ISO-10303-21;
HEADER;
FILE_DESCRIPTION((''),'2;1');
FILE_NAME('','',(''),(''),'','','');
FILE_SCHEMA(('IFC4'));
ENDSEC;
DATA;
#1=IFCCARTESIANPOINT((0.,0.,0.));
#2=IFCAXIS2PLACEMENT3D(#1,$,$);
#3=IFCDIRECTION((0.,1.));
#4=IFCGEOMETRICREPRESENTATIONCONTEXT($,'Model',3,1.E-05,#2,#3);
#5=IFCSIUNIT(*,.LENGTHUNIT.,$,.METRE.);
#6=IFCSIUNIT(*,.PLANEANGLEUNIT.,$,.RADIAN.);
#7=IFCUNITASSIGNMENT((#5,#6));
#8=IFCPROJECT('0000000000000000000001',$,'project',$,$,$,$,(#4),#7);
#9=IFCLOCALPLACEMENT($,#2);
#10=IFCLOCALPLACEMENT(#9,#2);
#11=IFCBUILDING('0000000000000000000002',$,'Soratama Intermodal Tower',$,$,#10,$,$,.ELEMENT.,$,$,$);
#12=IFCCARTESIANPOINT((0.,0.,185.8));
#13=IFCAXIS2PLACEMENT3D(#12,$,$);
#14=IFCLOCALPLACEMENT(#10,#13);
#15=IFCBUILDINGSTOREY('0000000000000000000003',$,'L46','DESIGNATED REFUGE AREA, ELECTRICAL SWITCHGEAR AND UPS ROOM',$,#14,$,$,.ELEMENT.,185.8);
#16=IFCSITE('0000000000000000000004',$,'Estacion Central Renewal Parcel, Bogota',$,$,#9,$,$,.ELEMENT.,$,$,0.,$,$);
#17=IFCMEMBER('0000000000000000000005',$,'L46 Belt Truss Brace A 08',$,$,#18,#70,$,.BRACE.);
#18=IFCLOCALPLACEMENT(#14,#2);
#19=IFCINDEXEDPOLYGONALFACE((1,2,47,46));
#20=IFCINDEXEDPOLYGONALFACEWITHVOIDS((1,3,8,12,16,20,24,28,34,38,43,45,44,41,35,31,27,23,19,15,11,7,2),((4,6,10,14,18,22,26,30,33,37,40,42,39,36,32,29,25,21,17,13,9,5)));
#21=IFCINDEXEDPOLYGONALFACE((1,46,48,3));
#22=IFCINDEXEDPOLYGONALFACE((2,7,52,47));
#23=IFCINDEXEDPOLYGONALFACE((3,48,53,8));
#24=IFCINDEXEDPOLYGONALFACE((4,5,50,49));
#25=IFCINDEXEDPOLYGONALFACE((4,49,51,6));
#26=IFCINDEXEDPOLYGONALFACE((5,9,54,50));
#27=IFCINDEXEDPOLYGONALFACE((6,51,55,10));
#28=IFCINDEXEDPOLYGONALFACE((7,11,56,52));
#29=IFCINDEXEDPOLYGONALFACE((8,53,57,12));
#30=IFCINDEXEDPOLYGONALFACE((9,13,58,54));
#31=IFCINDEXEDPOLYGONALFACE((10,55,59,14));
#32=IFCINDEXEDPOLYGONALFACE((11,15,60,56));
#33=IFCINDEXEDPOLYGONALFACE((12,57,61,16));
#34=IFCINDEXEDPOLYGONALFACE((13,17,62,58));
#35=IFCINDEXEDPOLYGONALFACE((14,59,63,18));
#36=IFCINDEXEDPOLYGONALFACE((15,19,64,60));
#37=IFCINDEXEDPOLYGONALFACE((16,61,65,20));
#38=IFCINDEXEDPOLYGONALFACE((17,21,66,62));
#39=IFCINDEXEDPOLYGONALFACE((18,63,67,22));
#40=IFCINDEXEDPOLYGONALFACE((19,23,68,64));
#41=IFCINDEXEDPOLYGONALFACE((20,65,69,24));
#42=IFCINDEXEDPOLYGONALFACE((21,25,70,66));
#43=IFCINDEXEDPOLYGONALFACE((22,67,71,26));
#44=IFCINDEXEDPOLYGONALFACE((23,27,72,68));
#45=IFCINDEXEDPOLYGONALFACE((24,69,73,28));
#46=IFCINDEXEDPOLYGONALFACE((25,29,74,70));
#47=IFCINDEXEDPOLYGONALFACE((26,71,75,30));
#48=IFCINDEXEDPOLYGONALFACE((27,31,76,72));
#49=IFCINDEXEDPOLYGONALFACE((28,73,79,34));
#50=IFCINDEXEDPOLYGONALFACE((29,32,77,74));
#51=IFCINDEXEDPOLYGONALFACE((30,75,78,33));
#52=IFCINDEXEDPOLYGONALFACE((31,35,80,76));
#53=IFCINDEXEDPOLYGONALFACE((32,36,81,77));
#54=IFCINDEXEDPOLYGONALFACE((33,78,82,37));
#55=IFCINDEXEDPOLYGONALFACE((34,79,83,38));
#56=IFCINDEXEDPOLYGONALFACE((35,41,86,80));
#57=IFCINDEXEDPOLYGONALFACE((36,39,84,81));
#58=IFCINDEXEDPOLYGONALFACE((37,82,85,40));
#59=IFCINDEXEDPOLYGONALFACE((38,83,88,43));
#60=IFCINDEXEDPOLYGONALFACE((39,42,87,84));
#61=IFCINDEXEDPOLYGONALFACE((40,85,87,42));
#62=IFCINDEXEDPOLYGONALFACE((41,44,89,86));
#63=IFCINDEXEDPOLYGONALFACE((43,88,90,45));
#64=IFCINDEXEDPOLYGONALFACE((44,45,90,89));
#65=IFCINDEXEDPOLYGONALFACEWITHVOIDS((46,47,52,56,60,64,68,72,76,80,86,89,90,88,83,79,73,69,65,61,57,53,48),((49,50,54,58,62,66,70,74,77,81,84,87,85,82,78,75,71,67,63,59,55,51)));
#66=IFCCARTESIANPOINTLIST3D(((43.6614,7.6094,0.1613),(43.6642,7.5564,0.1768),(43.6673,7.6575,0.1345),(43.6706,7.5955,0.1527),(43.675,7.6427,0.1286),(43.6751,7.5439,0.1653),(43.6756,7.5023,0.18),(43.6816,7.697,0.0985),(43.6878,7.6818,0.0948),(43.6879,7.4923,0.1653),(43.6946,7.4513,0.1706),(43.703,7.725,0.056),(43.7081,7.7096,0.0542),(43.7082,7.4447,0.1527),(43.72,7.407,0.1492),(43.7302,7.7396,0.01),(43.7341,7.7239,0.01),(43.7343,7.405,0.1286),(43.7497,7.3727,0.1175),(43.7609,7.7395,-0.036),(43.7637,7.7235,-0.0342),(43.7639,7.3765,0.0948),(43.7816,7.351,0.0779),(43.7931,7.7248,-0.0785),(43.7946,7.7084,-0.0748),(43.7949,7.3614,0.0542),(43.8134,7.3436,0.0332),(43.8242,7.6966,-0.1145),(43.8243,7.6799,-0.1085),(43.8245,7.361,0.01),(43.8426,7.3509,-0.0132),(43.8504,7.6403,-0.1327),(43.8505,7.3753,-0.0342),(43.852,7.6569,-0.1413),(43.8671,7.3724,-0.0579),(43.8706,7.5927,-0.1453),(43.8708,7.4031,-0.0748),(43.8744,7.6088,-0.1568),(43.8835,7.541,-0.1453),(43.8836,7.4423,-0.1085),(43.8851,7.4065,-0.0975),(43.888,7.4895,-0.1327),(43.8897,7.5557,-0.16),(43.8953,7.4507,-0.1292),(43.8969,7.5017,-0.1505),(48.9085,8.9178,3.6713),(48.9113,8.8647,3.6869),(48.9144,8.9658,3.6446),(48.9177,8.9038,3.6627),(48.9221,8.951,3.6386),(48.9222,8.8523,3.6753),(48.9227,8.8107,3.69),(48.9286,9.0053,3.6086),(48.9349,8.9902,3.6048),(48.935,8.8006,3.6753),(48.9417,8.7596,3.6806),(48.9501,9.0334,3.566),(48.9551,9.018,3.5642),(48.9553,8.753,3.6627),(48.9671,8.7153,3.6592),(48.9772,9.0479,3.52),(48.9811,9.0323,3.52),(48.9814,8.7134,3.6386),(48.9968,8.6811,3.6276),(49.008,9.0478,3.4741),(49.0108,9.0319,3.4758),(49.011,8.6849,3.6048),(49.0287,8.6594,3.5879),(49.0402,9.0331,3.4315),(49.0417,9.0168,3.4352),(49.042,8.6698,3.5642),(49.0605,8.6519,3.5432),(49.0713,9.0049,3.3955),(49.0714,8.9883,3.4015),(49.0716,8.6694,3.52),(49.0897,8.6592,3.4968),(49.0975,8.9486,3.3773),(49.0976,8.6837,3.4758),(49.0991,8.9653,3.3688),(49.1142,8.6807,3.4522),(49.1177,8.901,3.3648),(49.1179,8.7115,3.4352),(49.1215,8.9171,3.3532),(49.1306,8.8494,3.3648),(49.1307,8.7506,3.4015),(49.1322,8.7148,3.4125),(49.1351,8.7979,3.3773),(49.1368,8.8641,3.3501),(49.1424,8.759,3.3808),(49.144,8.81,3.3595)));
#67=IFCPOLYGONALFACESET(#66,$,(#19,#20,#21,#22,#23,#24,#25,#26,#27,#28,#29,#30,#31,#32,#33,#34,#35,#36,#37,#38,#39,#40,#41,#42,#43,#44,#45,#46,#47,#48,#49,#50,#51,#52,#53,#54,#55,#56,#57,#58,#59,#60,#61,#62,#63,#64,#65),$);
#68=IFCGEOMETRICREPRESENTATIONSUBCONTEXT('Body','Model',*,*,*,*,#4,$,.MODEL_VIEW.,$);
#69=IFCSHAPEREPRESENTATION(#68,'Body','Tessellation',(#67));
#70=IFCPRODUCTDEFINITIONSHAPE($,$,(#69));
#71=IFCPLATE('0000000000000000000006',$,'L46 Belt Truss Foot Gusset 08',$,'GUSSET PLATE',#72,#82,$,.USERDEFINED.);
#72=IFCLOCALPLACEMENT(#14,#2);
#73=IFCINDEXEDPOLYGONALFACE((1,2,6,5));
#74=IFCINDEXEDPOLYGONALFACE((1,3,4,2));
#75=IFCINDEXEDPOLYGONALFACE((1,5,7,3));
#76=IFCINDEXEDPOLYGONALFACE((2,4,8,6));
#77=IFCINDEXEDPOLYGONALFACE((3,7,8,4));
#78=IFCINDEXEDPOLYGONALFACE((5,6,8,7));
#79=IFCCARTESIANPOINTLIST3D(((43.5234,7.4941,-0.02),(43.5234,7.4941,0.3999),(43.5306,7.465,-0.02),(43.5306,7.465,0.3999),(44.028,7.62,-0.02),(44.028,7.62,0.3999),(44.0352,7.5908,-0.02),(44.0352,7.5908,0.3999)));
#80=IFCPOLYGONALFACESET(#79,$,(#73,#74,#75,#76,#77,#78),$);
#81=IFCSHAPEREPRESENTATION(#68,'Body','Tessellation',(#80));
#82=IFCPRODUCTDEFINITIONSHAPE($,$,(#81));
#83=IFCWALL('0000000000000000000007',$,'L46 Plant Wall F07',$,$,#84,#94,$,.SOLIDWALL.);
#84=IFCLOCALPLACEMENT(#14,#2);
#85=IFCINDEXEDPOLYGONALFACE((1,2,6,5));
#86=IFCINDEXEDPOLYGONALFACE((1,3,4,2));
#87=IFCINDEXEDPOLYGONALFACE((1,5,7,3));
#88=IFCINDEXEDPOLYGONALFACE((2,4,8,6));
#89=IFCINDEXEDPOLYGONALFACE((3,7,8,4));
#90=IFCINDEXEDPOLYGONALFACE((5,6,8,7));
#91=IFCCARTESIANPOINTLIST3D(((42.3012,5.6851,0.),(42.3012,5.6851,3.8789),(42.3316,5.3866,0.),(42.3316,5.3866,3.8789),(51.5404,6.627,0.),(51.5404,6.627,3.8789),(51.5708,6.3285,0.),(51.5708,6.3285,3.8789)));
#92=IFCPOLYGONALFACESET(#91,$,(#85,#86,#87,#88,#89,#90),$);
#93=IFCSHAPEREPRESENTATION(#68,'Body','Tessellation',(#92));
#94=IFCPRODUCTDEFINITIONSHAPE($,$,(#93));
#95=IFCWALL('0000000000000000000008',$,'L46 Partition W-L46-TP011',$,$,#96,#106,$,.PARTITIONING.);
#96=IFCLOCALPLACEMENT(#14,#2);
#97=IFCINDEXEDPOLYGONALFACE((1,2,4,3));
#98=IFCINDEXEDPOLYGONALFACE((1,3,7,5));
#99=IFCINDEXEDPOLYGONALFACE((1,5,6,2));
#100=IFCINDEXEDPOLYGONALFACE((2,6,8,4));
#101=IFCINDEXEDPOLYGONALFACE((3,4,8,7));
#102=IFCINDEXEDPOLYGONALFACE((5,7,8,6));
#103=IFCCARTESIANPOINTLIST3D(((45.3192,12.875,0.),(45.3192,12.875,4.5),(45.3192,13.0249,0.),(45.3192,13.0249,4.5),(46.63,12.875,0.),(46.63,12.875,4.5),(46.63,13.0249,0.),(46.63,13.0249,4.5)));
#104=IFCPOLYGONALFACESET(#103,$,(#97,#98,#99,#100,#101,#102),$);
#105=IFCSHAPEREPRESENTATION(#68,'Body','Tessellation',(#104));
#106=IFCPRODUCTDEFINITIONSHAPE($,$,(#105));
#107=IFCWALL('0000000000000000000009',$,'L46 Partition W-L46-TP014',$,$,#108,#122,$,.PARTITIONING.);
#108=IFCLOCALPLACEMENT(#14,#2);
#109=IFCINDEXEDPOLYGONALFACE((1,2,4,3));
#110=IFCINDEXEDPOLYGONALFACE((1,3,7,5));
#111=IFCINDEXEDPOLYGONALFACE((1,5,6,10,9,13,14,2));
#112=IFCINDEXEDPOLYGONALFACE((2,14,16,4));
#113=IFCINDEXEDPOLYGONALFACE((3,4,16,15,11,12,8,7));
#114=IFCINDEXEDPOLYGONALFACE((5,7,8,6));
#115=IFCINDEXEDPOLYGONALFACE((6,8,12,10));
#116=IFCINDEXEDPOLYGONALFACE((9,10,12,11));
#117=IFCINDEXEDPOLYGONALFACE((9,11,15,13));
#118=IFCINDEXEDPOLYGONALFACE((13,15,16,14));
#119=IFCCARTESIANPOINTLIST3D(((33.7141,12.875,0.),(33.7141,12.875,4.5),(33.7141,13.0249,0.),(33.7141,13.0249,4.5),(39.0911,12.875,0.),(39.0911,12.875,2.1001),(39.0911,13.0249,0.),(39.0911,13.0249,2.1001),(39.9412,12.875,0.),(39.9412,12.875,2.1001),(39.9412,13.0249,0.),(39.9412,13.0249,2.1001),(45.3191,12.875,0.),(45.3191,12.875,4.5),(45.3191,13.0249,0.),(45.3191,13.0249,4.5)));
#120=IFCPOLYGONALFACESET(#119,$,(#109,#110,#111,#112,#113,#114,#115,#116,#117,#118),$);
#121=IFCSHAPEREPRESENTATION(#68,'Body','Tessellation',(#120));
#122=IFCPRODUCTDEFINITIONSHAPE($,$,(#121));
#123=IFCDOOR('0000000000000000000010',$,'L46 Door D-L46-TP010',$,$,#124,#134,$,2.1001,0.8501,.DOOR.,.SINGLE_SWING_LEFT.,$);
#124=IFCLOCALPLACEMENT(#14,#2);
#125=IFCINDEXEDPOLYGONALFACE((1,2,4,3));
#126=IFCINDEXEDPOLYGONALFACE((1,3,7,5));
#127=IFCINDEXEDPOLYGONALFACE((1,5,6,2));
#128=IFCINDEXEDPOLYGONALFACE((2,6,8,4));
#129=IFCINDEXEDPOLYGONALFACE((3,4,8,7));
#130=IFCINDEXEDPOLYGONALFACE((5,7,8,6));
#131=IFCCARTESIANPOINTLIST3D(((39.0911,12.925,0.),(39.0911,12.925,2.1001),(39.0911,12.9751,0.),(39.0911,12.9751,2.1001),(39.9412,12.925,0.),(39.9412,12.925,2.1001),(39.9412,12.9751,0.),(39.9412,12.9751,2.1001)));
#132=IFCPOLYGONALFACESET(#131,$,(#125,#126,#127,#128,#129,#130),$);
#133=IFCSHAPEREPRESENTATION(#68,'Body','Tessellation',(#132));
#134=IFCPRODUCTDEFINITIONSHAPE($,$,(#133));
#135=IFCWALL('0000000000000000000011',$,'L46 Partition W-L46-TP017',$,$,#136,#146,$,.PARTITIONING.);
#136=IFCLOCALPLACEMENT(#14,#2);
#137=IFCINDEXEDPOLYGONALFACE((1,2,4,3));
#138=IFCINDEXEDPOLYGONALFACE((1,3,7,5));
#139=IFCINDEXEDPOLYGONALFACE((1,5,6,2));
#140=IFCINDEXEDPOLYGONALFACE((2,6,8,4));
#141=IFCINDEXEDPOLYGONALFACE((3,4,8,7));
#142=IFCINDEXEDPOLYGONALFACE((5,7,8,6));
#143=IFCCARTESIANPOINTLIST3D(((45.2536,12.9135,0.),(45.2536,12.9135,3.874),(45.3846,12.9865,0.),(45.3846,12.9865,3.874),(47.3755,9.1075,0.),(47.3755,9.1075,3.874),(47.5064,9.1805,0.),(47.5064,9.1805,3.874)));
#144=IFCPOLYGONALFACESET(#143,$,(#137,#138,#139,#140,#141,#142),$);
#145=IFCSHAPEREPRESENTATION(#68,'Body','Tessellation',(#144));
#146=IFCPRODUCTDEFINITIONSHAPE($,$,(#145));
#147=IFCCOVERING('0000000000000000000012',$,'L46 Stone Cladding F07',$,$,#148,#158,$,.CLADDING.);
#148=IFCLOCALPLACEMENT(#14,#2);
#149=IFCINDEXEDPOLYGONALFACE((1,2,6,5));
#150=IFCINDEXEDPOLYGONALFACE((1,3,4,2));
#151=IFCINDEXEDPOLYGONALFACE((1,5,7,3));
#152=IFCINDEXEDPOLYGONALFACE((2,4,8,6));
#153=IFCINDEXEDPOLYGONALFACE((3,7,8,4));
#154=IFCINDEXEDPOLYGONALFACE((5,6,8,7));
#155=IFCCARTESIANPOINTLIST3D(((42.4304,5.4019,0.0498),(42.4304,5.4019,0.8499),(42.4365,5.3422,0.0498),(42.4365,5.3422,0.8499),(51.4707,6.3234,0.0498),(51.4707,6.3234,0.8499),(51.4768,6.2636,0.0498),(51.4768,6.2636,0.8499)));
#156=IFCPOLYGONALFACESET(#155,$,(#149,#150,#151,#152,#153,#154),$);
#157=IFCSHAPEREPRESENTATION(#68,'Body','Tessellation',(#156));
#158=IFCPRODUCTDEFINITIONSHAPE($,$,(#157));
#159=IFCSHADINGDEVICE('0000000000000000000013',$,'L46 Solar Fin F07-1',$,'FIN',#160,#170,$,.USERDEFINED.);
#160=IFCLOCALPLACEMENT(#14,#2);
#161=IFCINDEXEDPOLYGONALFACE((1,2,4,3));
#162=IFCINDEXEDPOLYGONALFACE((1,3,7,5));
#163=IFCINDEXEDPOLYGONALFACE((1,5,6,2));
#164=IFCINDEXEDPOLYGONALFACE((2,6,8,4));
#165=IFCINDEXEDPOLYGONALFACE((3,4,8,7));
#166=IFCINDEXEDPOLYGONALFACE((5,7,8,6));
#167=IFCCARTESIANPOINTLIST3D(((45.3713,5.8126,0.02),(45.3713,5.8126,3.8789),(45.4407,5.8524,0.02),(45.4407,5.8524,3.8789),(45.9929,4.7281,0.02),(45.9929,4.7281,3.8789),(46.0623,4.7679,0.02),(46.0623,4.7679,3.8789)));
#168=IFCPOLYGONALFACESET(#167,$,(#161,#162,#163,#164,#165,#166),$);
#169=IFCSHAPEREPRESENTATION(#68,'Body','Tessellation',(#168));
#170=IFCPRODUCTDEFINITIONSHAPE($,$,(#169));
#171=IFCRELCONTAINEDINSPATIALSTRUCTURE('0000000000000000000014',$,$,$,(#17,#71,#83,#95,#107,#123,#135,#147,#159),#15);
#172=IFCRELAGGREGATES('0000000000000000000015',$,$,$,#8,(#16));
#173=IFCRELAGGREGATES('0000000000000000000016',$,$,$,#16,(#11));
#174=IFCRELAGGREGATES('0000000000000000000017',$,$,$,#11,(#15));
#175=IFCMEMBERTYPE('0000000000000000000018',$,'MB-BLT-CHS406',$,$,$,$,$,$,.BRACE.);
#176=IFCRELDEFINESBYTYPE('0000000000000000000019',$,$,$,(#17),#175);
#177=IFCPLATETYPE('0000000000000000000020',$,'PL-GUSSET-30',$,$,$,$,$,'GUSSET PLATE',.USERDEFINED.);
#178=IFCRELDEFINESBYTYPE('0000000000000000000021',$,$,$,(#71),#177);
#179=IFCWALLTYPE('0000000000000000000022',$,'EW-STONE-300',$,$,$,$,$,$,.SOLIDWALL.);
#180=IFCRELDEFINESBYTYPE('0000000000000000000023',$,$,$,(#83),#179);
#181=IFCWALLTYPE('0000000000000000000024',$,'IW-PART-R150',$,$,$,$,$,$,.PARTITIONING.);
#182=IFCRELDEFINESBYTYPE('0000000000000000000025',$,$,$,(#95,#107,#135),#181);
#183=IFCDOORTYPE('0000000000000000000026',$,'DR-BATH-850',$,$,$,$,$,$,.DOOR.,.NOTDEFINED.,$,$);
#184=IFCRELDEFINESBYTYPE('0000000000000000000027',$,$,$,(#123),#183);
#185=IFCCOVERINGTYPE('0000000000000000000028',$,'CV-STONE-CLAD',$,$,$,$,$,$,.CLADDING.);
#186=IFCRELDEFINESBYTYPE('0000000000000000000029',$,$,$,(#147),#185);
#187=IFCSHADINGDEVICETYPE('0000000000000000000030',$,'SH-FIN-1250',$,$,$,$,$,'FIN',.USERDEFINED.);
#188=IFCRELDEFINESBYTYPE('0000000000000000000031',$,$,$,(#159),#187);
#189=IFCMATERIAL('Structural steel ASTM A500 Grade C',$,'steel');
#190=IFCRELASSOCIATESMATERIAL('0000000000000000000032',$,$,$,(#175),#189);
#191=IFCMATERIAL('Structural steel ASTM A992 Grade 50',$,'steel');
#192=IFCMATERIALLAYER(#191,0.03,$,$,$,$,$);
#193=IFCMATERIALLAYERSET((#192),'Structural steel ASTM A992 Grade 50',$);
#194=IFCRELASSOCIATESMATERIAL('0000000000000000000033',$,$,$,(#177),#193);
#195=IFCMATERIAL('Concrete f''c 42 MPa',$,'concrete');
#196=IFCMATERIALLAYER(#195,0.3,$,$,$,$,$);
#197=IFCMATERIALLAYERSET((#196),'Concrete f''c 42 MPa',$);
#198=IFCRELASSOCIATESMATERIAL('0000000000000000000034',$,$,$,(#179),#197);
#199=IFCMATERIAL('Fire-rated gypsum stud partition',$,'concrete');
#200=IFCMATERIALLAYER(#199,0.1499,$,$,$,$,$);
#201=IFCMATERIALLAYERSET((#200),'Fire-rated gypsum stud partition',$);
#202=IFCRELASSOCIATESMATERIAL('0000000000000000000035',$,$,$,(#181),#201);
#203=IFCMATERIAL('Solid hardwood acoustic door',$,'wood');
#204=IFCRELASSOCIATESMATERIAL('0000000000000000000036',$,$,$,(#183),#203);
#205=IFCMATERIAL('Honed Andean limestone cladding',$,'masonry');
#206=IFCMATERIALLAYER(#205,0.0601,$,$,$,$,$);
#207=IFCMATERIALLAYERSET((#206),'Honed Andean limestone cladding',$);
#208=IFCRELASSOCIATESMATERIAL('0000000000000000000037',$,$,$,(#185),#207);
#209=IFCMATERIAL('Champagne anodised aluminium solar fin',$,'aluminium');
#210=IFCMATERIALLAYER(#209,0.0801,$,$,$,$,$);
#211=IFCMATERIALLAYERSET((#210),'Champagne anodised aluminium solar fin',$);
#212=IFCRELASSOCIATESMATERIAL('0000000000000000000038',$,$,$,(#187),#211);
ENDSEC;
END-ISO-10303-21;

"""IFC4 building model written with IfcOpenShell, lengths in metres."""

from ifc_helpers import new_model, si_unit, direction, frame, frame_2d, origin, origin_2d, place, context, subcontext, project, spatial, rectangle, hollow_circle, extrude, material, layer, layer_set, material_profile, profile_set, type_object, element, fill, save


model = new_model("IFC4")

# Units and contexts
model_context = context("Model", 3, precision=1e-05, world=origin(), true_north=direction((0.0, 1.0)))
body_context = subcontext(model_context, "Body", "Model", "MODEL_VIEW")
ifc_project = project(units=[si_unit("LENGTHUNIT", "METRE"), si_unit("PLANEANGLEUNIT", "RADIAN")], contexts=[model_context])

# Site, building, storey
site_placement = place(None, origin())
site = spatial("IfcSite", under=ifc_project, at=site_placement, Name="Estacion Central Renewal Parcel, Bogota", CompositionType="ELEMENT", RefElevation=0.0)
building_placement = place(site_placement, origin())
building = spatial("IfcBuilding", under=site, at=building_placement, Name="Soratama Intermodal Tower", CompositionType="ELEMENT")
storey_placement = place(building_placement, frame((0.0, 0.0, 185.8)))
storey = spatial("IfcBuildingStorey", under=building, at=storey_placement, Name="L46", Description="DESIGNATED REFUGE AREA, ELECTRICAL SWITCHGEAR AND UPS ROOM", CompositionType="ELEMENT", Elevation=185.8)

# Member
ifc_material_1 = material(Name="Structural steel ASTM A500 Grade C", Category="steel")
ifc_material_profile_1 = material_profile(ifc_material_1, hollow_circle(Radius=0.2031, WallThickness=0.0161, at=origin_2d()), Name="CHS406X16")
ifc_profile_set_1 = profile_set([ifc_material_profile_1], Name="Structural steel ASTM A500 Grade C")
member_type = type_object("IfcMemberType", Name="MB-BLT-CHS406", PredefinedType="BRACE", material=ifc_profile_set_1)
member_1_placement = place(storey_placement, frame((43.7793, 7.5425, 0.01), z_axis=(0.813879, 0.20294, 0.544442), x_axis=(-0.241941, 0.970291, 0.0)))
element("IfcMember", 1, at=member_1_placement, inside=storey, type_object=member_type, Name="L46 Belt Truss Brace A 08", PredefinedType="BRACE", context=body_context, shape_type="SweptSolid", body=[
    extrude(hollow_circle(Radius=0.2031, WallThickness=0.0161, at=origin_2d()), origin(), (0.0, 0.0, 1.0), 6.447),
])

# Plate
ifc_material_2 = material(Name="Structural steel ASTM A992 Grade 50", Category="steel")
ifc_layer_1 = layer(ifc_material_2, 0.03)
ifc_layer_set_1 = layer_set([ifc_layer_1], Name="Structural steel ASTM A992 Grade 50")
plate_type = type_object("IfcPlateType", Name="PL-GUSSET-30", ElementType="GUSSET PLATE", PredefinedType="USERDEFINED", material=ifc_layer_set_1)
plate_placement = place(storey_placement, frame((43.7793, 7.5425, -0.02), z_axis=(0.0, 0.0, 1.0), x_axis=(0.970296, 0.241922, 0.0)))
element("IfcPlate", 2, at=plate_placement, inside=storey, type_object=plate_type, Name="L46 Belt Truss Foot Gusset 08", ObjectType="GUSSET PLATE", PredefinedType="USERDEFINED", context=body_context, shape_type="SweptSolid", body=[
    extrude(rectangle(XDim=0.52, YDim=0.03, at=origin_2d()), origin(), (0.0, 0.0, 1.0), 0.4199),
])

# Walls
ifc_material_3 = material(Name="Concrete f'c 42 MPa", Category="concrete")
ifc_layer_2 = layer(ifc_material_3, 0.3)
ifc_layer_set_2 = layer_set([ifc_layer_2], Name="Concrete f'c 42 MPa")
wall_type_1 = type_object("IfcWallType", Name="EW-STONE-300", PredefinedType="SOLIDWALL", material=ifc_layer_set_2)
wall_1_placement = place(storey_placement, frame((42.3164, 5.5359, 0.0), z_axis=(0.0, 0.0, 1.0), x_axis=(0.994844, 0.101419, 0.0)))
element("IfcWall", 3, at=wall_1_placement, inside=storey, type_object=wall_type_1, Name="L46 Plant Wall F07", PredefinedType="SOLIDWALL", context=body_context, shape_type="SweptSolid", body=[
    extrude(rectangle(XDim=9.2871, YDim=0.3, at=frame_2d((4.6436, 0.0))), origin(), (0.0, 0.0, 1.0), 3.8789),
])
ifc_material_4 = material(Name="Fire-rated gypsum stud partition", Category="concrete")
ifc_layer_3 = layer(ifc_material_4, 0.1499)
ifc_layer_set_3 = layer_set([ifc_layer_3], Name="Fire-rated gypsum stud partition")
wall_type_2 = type_object("IfcWallType", Name="IW-PART-R150", PredefinedType="PARTITIONING", material=ifc_layer_set_3)
wall_2_placement = place(storey_placement, frame((46.6299, 12.95, 0.0), z_axis=(0.0, 0.0, 1.0), x_axis=(-1.0, 0.0, 0.0)))
element("IfcWall", 4, at=wall_2_placement, inside=storey, type_object=wall_type_2, Name="L46 Partition W-L46-TP011", PredefinedType="PARTITIONING", context=body_context, shape_type="SweptSolid", body=[
    extrude(rectangle(XDim=1.3108, YDim=0.1499, at=frame_2d((0.6553, 0.0))), origin(), (0.0, 0.0, 1.0), 4.5),
])

# Wall, opening, door
wall_3_placement = place(storey_placement, frame((45.3191, 12.95, 0.0), z_axis=(0.0, 0.0, 1.0), x_axis=(-1.0, 0.0, 0.0)))
wall_3 = element("IfcWall", 5, at=wall_3_placement, inside=storey, type_object=wall_type_2, Name="L46 Partition W-L46-TP014", PredefinedType="PARTITIONING", context=body_context, shape_type="SweptSolid", body=[
    extrude(rectangle(XDim=11.605, YDim=0.1499, at=frame_2d((5.8025, 0.0))), origin(), (0.0, 0.0, 1.0), 4.5),
])
opening_placement = place(wall_3_placement, frame((5.3779, 0.0, 0.0)))
opening = element("IfcOpeningElement", 6, at=opening_placement, cuts=wall_3, PredefinedType="OPENING", context=body_context, shape_type="SweptSolid", body=[
    extrude(rectangle(XDim=0.8501, YDim=2.1001, at=frame_2d((0.425, 1.05))), frame((0.0, 0.085, 0.0), z_axis=(0.0, -1.0, 0.0), x_axis=(1.0, 0.0, 0.0)), (0.0, 0.0, 1.0), 0.1699),
])
ifc_material_5 = material(Name="Solid hardwood acoustic door", Category="wood")
door_type = type_object("IfcDoorType", Name="DR-BATH-850", OperationType="NOTDEFINED", PredefinedType="DOOR", material=ifc_material_5)
door_placement = place(opening_placement, origin())
door = element("IfcDoor", 7, at=door_placement, inside=storey, type_object=door_type, Name="L46 Door D-L46-TP010", OperationType="SINGLE_SWING_LEFT", OverallHeight=2.1001, OverallWidth=0.8501, PredefinedType="DOOR", context=body_context, shape_type="SweptSolid", body=[
    extrude(rectangle(XDim=0.8501, YDim=2.1001, at=frame_2d((0.425, 1.05))), frame((0.0, 0.0249, 0.0), z_axis=(0.0, -1.0, 0.0), x_axis=(1.0, 0.0, 0.0)), (0.0, 0.0, 1.0), 0.05),
])
fill(opening, door)

# Wall
wall_4_placement = place(storey_placement, frame((47.4409, 9.144, 0.0), z_axis=(0.0, 0.0, 1.0), x_axis=(-0.486946, 0.873432, 0.0)))
element("IfcWall", 8, at=wall_4_placement, inside=storey, type_object=wall_type_2, Name="L46 Partition W-L46-TP017", PredefinedType="PARTITIONING", context=body_context, shape_type="SweptSolid", body=[
    extrude(rectangle(XDim=4.3574, YDim=0.1499, at=frame_2d((2.1787, 0.0))), origin(), (0.0, 0.0, 1.0), 3.874),
])

# Covering
ifc_material_6 = material(Name="Honed Andean limestone cladding", Category="masonry")
ifc_layer_4 = layer(ifc_material_6, 0.0601)
ifc_layer_set_4 = layer_set([ifc_layer_4], Name="Honed Andean limestone cladding")
covering_type = type_object("IfcCoveringType", Name="CV-STONE-CLAD", PredefinedType="CLADDING", material=ifc_layer_set_4)
covering_placement = place(storey_placement, frame((46.9536, 5.8328, 0.0498), z_axis=(0.0, 0.0, 1.0), x_axis=(0.994845, 0.101404, 0.0)))
element("IfcCovering", 9, at=covering_placement, inside=storey, type_object=covering_type, Name="L46 Stone Cladding F07", PredefinedType="CLADDING", context=body_context, shape_type="SweptSolid", body=[
    extrude(rectangle(XDim=9.0872, YDim=0.0601, at=origin_2d()), origin(), (0.0, 0.0, 1.0), 0.8),
])

# Shading device
ifc_material_7 = material(Name="Champagne anodised aluminium solar fin", Category="aluminium")
ifc_layer_5 = layer(ifc_material_7, 0.0801)
ifc_layer_set_5 = layer_set([ifc_layer_5], Name="Champagne anodised aluminium solar fin")
shading_device_type_1 = type_object("IfcShadingDeviceType", Name="SH-FIN-1250", ElementType="FIN", PredefinedType="USERDEFINED", material=ifc_layer_set_5)
shading_device_1_placement = place(storey_placement, frame((45.7168, 5.2903, 0.02), z_axis=(0.0, 0.0, 1.0), x_axis=(0.497277, -0.867592, 0.0)))
element("IfcShadingDevice", 10, at=shading_device_1_placement, inside=storey, type_object=shading_device_type_1, Name="L46 Solar Fin F07-1", ObjectType="FIN", PredefinedType="USERDEFINED", context=body_context, shape_type="SweptSolid", body=[
    extrude(rectangle(XDim=1.25, YDim=0.0801, at=origin_2d()), origin(), (0.0, 0.0, 1.0), 3.8589),
])

save(model, "model.ifc")
